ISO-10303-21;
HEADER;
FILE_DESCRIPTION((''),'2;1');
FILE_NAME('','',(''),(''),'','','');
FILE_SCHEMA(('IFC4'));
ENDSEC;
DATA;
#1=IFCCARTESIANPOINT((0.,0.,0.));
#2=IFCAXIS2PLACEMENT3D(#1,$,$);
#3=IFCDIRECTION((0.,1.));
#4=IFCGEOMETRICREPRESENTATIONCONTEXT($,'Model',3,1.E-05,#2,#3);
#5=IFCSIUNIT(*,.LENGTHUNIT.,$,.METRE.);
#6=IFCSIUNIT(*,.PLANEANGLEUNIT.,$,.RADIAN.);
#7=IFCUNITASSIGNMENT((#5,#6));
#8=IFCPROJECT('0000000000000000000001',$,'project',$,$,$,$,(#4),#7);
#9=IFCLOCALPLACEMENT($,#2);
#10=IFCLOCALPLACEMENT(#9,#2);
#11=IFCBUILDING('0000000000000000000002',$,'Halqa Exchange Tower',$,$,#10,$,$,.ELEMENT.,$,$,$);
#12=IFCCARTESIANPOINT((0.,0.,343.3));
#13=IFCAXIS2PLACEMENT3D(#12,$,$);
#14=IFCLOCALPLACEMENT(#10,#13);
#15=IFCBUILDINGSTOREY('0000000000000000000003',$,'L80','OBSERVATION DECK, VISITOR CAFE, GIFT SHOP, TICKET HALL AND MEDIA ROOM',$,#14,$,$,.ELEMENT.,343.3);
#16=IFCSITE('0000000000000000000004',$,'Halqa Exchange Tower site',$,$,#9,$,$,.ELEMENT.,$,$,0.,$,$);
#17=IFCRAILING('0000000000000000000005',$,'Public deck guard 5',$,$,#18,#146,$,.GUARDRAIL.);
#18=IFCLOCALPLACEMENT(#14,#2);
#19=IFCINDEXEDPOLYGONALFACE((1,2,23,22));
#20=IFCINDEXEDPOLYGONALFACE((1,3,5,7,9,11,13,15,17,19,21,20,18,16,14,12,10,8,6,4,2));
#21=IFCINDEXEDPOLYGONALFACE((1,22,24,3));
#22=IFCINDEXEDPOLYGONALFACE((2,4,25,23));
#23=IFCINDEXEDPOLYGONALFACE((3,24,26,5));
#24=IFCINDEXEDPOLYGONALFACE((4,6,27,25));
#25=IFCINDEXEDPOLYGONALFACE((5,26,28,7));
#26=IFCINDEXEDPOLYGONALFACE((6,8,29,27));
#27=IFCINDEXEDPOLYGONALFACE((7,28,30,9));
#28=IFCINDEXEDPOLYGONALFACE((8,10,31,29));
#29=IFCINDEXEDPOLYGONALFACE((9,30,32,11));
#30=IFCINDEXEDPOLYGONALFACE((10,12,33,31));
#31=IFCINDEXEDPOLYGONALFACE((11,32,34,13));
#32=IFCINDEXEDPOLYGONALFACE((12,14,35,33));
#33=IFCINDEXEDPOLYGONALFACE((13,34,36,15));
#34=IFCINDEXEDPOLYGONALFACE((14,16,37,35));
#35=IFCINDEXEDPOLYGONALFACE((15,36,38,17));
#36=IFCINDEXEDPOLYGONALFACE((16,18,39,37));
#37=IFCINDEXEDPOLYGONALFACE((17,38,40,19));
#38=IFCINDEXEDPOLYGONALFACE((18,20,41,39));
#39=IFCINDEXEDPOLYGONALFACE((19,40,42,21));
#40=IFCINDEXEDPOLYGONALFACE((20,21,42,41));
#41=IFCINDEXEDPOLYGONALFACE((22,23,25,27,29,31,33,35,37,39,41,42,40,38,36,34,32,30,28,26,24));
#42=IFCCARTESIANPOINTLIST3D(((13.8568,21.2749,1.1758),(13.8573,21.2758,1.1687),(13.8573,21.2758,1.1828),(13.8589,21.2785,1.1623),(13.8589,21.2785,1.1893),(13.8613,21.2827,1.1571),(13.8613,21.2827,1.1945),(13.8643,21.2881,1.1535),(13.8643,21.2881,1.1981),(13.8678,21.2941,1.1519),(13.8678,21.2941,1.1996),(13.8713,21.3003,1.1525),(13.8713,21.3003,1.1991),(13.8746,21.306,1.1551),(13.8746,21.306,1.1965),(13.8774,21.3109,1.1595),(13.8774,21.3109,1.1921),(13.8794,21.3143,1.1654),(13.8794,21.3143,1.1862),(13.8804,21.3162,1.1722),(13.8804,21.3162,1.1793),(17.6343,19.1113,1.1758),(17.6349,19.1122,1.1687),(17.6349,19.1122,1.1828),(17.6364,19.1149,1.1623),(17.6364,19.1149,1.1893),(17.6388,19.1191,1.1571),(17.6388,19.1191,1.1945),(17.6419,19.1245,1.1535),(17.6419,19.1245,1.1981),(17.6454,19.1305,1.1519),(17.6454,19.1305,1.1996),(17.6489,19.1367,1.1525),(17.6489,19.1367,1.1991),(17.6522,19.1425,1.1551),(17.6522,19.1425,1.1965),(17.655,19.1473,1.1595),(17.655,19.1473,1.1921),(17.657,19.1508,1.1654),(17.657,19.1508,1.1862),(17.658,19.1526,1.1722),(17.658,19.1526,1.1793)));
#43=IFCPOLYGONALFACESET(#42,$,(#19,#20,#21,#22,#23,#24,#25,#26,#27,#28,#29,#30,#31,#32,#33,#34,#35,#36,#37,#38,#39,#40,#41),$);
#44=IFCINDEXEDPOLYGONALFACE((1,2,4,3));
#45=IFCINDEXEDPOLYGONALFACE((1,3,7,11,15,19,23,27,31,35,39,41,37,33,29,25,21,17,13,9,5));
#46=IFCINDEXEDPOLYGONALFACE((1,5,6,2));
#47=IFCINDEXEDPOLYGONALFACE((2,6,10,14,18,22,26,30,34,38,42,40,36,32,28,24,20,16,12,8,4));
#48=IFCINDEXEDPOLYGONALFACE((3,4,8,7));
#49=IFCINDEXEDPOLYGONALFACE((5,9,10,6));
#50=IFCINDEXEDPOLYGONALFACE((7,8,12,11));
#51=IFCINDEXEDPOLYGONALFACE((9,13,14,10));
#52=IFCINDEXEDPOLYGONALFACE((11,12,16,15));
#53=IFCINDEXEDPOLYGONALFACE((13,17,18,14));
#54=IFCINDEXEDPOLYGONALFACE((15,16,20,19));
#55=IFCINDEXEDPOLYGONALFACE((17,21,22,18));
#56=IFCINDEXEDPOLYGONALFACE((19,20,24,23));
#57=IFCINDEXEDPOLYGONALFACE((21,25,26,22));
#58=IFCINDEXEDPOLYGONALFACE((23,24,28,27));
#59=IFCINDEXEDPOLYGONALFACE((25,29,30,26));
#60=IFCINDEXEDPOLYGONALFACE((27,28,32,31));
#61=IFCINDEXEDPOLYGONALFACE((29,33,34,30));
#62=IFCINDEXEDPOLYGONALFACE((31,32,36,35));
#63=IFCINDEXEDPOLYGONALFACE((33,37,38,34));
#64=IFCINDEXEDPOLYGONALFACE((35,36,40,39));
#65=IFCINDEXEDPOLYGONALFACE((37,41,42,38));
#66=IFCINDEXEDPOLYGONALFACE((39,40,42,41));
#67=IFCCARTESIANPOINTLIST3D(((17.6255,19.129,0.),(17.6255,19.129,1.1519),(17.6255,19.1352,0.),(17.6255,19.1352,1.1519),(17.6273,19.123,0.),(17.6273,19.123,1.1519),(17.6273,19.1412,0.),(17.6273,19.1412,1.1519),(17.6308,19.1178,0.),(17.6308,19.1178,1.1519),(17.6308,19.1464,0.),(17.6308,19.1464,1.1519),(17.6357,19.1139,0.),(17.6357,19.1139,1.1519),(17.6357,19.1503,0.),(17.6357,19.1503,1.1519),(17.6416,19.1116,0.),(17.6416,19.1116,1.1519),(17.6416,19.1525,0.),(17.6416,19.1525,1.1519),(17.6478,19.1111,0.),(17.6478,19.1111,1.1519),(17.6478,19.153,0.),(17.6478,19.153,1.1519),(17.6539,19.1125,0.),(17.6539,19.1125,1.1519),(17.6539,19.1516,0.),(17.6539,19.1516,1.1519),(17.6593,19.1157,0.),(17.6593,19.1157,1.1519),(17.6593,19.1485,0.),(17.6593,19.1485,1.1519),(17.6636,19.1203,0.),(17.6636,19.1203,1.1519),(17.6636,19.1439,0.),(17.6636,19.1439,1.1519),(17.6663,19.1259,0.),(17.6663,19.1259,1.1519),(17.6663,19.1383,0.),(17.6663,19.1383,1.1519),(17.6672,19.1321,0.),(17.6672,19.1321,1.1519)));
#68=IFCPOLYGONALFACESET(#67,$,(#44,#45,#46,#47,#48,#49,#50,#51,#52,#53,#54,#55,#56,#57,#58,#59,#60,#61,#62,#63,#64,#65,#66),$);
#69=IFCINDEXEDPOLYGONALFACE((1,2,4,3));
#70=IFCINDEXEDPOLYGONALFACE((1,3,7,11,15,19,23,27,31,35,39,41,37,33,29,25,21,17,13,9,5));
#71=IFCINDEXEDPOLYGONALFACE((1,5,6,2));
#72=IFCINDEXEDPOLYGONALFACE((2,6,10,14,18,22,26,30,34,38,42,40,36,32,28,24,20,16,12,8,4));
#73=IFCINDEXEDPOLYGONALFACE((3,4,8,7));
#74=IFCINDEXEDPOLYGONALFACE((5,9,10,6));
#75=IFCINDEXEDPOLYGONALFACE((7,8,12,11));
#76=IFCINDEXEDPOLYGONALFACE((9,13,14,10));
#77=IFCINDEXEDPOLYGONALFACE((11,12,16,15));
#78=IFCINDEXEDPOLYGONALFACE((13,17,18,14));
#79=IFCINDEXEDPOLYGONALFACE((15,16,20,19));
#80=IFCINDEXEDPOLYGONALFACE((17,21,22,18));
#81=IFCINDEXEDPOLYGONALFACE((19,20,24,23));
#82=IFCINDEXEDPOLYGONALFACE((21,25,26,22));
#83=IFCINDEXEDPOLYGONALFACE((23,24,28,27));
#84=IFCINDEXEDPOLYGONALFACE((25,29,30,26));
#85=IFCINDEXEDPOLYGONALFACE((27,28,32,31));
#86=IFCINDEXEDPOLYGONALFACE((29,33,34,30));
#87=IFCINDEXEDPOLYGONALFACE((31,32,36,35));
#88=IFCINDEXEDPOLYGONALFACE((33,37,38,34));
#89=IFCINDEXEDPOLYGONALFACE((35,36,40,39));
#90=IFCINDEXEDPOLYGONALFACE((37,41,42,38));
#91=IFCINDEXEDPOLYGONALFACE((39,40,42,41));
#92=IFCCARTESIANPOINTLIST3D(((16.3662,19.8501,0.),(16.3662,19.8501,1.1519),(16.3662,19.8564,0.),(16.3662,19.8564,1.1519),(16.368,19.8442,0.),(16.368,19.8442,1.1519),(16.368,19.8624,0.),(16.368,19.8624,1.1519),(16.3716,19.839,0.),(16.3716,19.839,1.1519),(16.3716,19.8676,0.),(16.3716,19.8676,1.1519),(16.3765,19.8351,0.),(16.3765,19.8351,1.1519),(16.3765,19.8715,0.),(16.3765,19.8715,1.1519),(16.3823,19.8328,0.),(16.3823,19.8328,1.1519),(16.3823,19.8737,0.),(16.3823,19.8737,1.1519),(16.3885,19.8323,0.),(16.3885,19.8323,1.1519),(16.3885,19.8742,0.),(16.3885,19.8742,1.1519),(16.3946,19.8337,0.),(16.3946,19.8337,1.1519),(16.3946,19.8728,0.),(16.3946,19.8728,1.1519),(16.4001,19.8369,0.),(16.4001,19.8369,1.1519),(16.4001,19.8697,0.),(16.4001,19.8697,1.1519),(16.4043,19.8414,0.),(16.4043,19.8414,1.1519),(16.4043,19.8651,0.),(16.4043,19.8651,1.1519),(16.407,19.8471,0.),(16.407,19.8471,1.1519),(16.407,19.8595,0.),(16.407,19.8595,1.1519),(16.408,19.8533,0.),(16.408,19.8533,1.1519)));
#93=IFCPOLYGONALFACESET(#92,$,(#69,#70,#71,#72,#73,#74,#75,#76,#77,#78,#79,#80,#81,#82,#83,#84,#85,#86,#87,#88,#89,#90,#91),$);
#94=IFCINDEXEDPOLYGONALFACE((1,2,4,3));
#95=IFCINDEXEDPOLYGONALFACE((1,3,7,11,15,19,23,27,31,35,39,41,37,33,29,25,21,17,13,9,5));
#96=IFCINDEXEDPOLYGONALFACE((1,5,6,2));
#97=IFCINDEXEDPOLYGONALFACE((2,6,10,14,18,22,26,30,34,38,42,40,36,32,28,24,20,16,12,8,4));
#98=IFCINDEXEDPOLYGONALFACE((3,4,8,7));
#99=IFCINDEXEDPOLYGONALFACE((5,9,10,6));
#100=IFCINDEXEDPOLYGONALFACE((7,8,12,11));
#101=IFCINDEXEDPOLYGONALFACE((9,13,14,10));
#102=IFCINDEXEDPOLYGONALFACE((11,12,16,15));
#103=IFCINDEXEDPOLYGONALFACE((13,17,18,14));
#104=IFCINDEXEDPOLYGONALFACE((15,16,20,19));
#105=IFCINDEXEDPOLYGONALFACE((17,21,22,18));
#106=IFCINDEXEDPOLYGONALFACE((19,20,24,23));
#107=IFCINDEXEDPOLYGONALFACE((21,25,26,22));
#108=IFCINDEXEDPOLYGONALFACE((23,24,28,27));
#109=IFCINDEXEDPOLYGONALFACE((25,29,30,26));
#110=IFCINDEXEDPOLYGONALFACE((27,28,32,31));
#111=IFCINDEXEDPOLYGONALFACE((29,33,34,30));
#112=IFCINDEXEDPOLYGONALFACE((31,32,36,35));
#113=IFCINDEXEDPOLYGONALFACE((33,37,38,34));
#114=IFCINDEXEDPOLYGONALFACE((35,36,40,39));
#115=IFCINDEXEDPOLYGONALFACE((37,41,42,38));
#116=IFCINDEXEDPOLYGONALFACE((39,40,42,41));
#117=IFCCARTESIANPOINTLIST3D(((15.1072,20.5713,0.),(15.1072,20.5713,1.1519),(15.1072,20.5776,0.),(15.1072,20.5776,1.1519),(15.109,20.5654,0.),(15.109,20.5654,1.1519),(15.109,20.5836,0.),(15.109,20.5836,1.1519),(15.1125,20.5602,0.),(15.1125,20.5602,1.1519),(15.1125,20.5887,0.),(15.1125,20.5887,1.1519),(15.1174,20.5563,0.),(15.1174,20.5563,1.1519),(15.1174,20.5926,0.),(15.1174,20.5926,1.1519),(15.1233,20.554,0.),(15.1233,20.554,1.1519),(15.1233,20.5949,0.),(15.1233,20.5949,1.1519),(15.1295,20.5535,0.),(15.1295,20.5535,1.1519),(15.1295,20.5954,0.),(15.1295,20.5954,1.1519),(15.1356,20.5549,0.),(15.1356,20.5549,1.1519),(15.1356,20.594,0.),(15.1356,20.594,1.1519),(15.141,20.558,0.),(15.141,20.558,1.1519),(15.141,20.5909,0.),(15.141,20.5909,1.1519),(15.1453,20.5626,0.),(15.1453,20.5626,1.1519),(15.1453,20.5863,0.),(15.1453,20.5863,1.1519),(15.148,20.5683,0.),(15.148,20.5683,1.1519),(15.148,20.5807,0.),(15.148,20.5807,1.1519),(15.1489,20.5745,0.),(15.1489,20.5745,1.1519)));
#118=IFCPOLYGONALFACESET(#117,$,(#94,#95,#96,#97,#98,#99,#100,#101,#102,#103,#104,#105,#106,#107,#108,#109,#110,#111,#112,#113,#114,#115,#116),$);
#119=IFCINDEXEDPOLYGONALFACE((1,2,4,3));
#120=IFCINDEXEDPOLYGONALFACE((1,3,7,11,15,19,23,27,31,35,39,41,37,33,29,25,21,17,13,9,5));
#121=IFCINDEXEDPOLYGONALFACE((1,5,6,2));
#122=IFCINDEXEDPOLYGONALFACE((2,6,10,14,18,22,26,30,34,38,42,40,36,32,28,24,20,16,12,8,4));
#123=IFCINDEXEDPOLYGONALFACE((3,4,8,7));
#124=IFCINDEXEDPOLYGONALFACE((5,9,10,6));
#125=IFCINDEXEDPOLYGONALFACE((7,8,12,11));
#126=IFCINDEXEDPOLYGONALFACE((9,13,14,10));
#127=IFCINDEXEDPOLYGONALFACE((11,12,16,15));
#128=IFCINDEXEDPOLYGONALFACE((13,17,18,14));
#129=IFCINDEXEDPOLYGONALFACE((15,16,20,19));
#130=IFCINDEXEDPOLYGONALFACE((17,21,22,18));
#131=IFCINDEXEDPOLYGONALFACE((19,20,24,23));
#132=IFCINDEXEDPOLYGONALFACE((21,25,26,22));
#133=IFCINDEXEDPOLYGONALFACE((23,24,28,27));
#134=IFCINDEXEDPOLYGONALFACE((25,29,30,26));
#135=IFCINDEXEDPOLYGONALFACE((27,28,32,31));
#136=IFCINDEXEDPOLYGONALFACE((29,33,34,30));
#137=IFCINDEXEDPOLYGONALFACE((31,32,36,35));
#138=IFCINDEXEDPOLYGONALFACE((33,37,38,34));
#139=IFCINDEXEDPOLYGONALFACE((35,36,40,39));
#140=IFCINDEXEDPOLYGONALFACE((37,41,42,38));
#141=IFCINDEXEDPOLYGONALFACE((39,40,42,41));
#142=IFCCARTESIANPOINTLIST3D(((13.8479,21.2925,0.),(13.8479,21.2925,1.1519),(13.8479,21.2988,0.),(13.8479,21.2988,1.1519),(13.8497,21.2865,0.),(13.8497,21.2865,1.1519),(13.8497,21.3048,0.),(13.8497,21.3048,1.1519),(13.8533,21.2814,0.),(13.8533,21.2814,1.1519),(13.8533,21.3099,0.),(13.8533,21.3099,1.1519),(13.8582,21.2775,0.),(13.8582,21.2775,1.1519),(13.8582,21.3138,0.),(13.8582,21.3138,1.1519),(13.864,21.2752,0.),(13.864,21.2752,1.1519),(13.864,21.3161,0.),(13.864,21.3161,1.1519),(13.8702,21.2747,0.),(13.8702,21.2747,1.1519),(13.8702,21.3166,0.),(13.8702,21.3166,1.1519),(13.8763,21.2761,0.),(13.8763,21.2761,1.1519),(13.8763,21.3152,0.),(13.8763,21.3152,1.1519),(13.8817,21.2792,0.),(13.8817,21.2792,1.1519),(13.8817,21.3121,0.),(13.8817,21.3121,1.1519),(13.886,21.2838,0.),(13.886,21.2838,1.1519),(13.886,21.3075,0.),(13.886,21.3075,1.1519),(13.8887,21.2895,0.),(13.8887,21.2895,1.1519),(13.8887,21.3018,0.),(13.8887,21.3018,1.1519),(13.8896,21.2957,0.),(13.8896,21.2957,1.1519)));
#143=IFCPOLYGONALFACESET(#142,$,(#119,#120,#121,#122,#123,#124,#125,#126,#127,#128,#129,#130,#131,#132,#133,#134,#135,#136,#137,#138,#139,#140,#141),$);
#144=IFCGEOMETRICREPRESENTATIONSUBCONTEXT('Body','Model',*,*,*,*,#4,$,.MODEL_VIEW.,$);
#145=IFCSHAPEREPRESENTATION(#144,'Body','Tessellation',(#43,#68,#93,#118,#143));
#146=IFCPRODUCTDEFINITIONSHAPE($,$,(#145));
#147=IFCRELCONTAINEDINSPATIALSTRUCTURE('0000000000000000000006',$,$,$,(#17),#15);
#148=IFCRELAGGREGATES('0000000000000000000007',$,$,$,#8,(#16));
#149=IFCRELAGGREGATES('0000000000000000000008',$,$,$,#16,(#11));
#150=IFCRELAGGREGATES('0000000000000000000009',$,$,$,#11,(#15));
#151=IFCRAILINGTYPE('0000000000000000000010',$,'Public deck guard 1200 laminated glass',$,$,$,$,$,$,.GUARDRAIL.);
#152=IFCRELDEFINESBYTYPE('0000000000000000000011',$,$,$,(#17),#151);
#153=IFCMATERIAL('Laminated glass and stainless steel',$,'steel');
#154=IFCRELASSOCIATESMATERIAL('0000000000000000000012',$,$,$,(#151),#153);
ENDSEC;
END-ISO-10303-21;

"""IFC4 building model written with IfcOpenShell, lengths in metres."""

from ifc_helpers import new_model, si_unit, direction, frame, origin, origin_2d, place, context, subcontext, project, spatial, circle, extrude, material, type_object, element, save


model = new_model("IFC4")

# Units and contexts
model_context = context("Model", 3, precision=1e-05, world=origin(), true_north=direction((0.0, 1.0)))
body_context = subcontext(model_context, "Body", "Model", "MODEL_VIEW")
ifc_project = project(units=[si_unit("LENGTHUNIT", "METRE"), si_unit("PLANEANGLEUNIT", "RADIAN")], contexts=[model_context])

# Site, building, storey
site_placement = place(None, origin())
site = spatial("IfcSite", under=ifc_project, at=site_placement, Name="Halqa Exchange Tower site", CompositionType="ELEMENT", RefElevation=0.0)
building_placement = place(site_placement, origin())
building = spatial("IfcBuilding", under=site, at=building_placement, Name="Halqa Exchange Tower", CompositionType="ELEMENT")
storey_placement = place(building_placement, frame((0.0, 0.0, 343.3)))
storey = spatial("IfcBuildingStorey", under=building, at=storey_placement, Name="L80", Description="OBSERVATION DECK, VISITOR CAFE, GIFT SHOP, TICKET HALL AND MEDIA ROOM", CompositionType="ELEMENT", Elevation=343.3)

# Railing
ifc_material_1 = material(Name="Laminated glass and stainless steel", Category="steel")
railing_type = type_object("IfcRailingType", Name="Public deck guard 1200 laminated glass", PredefinedType="GUARDRAIL", material=ifc_material_1)
railing_1_placement = place(storey_placement, frame((17.6462, 19.1321, 0.0)))
element("IfcRailing", 1, at=railing_1_placement, inside=storey, type_object=railing_type, Name="Public deck guard 5", PredefinedType="GUARDRAIL", context=body_context, shape_type="SweptSolid", body=[
    extrude(circle(Radius=0.0239, at=origin_2d()), frame((0.0, 0.0, 1.1758), z_axis=(-0.867753, 0.496996, 0.0), x_axis=(-0.496996, -0.867753, 0.0)), (0.0, 0.0, 1.0), 4.3533),
    extrude(circle(Radius=0.021, at=origin_2d()), origin(), (0.0, 0.0, 1.0), 1.1519),
    extrude(circle(Radius=0.021, at=origin_2d()), frame((-1.2593, 0.7212, 0.0)), (0.0, 0.0, 1.0), 1.1519),
    extrude(circle(Radius=0.021, at=origin_2d()), frame((-2.5183, 1.4424, 0.0)), (0.0, 0.0, 1.0), 1.1519),
    extrude(circle(Radius=0.021, at=origin_2d()), frame((-3.7776, 2.1636, 0.0)), (0.0, 0.0, 1.0), 1.1519),
])

save(model, "model.ifc")
